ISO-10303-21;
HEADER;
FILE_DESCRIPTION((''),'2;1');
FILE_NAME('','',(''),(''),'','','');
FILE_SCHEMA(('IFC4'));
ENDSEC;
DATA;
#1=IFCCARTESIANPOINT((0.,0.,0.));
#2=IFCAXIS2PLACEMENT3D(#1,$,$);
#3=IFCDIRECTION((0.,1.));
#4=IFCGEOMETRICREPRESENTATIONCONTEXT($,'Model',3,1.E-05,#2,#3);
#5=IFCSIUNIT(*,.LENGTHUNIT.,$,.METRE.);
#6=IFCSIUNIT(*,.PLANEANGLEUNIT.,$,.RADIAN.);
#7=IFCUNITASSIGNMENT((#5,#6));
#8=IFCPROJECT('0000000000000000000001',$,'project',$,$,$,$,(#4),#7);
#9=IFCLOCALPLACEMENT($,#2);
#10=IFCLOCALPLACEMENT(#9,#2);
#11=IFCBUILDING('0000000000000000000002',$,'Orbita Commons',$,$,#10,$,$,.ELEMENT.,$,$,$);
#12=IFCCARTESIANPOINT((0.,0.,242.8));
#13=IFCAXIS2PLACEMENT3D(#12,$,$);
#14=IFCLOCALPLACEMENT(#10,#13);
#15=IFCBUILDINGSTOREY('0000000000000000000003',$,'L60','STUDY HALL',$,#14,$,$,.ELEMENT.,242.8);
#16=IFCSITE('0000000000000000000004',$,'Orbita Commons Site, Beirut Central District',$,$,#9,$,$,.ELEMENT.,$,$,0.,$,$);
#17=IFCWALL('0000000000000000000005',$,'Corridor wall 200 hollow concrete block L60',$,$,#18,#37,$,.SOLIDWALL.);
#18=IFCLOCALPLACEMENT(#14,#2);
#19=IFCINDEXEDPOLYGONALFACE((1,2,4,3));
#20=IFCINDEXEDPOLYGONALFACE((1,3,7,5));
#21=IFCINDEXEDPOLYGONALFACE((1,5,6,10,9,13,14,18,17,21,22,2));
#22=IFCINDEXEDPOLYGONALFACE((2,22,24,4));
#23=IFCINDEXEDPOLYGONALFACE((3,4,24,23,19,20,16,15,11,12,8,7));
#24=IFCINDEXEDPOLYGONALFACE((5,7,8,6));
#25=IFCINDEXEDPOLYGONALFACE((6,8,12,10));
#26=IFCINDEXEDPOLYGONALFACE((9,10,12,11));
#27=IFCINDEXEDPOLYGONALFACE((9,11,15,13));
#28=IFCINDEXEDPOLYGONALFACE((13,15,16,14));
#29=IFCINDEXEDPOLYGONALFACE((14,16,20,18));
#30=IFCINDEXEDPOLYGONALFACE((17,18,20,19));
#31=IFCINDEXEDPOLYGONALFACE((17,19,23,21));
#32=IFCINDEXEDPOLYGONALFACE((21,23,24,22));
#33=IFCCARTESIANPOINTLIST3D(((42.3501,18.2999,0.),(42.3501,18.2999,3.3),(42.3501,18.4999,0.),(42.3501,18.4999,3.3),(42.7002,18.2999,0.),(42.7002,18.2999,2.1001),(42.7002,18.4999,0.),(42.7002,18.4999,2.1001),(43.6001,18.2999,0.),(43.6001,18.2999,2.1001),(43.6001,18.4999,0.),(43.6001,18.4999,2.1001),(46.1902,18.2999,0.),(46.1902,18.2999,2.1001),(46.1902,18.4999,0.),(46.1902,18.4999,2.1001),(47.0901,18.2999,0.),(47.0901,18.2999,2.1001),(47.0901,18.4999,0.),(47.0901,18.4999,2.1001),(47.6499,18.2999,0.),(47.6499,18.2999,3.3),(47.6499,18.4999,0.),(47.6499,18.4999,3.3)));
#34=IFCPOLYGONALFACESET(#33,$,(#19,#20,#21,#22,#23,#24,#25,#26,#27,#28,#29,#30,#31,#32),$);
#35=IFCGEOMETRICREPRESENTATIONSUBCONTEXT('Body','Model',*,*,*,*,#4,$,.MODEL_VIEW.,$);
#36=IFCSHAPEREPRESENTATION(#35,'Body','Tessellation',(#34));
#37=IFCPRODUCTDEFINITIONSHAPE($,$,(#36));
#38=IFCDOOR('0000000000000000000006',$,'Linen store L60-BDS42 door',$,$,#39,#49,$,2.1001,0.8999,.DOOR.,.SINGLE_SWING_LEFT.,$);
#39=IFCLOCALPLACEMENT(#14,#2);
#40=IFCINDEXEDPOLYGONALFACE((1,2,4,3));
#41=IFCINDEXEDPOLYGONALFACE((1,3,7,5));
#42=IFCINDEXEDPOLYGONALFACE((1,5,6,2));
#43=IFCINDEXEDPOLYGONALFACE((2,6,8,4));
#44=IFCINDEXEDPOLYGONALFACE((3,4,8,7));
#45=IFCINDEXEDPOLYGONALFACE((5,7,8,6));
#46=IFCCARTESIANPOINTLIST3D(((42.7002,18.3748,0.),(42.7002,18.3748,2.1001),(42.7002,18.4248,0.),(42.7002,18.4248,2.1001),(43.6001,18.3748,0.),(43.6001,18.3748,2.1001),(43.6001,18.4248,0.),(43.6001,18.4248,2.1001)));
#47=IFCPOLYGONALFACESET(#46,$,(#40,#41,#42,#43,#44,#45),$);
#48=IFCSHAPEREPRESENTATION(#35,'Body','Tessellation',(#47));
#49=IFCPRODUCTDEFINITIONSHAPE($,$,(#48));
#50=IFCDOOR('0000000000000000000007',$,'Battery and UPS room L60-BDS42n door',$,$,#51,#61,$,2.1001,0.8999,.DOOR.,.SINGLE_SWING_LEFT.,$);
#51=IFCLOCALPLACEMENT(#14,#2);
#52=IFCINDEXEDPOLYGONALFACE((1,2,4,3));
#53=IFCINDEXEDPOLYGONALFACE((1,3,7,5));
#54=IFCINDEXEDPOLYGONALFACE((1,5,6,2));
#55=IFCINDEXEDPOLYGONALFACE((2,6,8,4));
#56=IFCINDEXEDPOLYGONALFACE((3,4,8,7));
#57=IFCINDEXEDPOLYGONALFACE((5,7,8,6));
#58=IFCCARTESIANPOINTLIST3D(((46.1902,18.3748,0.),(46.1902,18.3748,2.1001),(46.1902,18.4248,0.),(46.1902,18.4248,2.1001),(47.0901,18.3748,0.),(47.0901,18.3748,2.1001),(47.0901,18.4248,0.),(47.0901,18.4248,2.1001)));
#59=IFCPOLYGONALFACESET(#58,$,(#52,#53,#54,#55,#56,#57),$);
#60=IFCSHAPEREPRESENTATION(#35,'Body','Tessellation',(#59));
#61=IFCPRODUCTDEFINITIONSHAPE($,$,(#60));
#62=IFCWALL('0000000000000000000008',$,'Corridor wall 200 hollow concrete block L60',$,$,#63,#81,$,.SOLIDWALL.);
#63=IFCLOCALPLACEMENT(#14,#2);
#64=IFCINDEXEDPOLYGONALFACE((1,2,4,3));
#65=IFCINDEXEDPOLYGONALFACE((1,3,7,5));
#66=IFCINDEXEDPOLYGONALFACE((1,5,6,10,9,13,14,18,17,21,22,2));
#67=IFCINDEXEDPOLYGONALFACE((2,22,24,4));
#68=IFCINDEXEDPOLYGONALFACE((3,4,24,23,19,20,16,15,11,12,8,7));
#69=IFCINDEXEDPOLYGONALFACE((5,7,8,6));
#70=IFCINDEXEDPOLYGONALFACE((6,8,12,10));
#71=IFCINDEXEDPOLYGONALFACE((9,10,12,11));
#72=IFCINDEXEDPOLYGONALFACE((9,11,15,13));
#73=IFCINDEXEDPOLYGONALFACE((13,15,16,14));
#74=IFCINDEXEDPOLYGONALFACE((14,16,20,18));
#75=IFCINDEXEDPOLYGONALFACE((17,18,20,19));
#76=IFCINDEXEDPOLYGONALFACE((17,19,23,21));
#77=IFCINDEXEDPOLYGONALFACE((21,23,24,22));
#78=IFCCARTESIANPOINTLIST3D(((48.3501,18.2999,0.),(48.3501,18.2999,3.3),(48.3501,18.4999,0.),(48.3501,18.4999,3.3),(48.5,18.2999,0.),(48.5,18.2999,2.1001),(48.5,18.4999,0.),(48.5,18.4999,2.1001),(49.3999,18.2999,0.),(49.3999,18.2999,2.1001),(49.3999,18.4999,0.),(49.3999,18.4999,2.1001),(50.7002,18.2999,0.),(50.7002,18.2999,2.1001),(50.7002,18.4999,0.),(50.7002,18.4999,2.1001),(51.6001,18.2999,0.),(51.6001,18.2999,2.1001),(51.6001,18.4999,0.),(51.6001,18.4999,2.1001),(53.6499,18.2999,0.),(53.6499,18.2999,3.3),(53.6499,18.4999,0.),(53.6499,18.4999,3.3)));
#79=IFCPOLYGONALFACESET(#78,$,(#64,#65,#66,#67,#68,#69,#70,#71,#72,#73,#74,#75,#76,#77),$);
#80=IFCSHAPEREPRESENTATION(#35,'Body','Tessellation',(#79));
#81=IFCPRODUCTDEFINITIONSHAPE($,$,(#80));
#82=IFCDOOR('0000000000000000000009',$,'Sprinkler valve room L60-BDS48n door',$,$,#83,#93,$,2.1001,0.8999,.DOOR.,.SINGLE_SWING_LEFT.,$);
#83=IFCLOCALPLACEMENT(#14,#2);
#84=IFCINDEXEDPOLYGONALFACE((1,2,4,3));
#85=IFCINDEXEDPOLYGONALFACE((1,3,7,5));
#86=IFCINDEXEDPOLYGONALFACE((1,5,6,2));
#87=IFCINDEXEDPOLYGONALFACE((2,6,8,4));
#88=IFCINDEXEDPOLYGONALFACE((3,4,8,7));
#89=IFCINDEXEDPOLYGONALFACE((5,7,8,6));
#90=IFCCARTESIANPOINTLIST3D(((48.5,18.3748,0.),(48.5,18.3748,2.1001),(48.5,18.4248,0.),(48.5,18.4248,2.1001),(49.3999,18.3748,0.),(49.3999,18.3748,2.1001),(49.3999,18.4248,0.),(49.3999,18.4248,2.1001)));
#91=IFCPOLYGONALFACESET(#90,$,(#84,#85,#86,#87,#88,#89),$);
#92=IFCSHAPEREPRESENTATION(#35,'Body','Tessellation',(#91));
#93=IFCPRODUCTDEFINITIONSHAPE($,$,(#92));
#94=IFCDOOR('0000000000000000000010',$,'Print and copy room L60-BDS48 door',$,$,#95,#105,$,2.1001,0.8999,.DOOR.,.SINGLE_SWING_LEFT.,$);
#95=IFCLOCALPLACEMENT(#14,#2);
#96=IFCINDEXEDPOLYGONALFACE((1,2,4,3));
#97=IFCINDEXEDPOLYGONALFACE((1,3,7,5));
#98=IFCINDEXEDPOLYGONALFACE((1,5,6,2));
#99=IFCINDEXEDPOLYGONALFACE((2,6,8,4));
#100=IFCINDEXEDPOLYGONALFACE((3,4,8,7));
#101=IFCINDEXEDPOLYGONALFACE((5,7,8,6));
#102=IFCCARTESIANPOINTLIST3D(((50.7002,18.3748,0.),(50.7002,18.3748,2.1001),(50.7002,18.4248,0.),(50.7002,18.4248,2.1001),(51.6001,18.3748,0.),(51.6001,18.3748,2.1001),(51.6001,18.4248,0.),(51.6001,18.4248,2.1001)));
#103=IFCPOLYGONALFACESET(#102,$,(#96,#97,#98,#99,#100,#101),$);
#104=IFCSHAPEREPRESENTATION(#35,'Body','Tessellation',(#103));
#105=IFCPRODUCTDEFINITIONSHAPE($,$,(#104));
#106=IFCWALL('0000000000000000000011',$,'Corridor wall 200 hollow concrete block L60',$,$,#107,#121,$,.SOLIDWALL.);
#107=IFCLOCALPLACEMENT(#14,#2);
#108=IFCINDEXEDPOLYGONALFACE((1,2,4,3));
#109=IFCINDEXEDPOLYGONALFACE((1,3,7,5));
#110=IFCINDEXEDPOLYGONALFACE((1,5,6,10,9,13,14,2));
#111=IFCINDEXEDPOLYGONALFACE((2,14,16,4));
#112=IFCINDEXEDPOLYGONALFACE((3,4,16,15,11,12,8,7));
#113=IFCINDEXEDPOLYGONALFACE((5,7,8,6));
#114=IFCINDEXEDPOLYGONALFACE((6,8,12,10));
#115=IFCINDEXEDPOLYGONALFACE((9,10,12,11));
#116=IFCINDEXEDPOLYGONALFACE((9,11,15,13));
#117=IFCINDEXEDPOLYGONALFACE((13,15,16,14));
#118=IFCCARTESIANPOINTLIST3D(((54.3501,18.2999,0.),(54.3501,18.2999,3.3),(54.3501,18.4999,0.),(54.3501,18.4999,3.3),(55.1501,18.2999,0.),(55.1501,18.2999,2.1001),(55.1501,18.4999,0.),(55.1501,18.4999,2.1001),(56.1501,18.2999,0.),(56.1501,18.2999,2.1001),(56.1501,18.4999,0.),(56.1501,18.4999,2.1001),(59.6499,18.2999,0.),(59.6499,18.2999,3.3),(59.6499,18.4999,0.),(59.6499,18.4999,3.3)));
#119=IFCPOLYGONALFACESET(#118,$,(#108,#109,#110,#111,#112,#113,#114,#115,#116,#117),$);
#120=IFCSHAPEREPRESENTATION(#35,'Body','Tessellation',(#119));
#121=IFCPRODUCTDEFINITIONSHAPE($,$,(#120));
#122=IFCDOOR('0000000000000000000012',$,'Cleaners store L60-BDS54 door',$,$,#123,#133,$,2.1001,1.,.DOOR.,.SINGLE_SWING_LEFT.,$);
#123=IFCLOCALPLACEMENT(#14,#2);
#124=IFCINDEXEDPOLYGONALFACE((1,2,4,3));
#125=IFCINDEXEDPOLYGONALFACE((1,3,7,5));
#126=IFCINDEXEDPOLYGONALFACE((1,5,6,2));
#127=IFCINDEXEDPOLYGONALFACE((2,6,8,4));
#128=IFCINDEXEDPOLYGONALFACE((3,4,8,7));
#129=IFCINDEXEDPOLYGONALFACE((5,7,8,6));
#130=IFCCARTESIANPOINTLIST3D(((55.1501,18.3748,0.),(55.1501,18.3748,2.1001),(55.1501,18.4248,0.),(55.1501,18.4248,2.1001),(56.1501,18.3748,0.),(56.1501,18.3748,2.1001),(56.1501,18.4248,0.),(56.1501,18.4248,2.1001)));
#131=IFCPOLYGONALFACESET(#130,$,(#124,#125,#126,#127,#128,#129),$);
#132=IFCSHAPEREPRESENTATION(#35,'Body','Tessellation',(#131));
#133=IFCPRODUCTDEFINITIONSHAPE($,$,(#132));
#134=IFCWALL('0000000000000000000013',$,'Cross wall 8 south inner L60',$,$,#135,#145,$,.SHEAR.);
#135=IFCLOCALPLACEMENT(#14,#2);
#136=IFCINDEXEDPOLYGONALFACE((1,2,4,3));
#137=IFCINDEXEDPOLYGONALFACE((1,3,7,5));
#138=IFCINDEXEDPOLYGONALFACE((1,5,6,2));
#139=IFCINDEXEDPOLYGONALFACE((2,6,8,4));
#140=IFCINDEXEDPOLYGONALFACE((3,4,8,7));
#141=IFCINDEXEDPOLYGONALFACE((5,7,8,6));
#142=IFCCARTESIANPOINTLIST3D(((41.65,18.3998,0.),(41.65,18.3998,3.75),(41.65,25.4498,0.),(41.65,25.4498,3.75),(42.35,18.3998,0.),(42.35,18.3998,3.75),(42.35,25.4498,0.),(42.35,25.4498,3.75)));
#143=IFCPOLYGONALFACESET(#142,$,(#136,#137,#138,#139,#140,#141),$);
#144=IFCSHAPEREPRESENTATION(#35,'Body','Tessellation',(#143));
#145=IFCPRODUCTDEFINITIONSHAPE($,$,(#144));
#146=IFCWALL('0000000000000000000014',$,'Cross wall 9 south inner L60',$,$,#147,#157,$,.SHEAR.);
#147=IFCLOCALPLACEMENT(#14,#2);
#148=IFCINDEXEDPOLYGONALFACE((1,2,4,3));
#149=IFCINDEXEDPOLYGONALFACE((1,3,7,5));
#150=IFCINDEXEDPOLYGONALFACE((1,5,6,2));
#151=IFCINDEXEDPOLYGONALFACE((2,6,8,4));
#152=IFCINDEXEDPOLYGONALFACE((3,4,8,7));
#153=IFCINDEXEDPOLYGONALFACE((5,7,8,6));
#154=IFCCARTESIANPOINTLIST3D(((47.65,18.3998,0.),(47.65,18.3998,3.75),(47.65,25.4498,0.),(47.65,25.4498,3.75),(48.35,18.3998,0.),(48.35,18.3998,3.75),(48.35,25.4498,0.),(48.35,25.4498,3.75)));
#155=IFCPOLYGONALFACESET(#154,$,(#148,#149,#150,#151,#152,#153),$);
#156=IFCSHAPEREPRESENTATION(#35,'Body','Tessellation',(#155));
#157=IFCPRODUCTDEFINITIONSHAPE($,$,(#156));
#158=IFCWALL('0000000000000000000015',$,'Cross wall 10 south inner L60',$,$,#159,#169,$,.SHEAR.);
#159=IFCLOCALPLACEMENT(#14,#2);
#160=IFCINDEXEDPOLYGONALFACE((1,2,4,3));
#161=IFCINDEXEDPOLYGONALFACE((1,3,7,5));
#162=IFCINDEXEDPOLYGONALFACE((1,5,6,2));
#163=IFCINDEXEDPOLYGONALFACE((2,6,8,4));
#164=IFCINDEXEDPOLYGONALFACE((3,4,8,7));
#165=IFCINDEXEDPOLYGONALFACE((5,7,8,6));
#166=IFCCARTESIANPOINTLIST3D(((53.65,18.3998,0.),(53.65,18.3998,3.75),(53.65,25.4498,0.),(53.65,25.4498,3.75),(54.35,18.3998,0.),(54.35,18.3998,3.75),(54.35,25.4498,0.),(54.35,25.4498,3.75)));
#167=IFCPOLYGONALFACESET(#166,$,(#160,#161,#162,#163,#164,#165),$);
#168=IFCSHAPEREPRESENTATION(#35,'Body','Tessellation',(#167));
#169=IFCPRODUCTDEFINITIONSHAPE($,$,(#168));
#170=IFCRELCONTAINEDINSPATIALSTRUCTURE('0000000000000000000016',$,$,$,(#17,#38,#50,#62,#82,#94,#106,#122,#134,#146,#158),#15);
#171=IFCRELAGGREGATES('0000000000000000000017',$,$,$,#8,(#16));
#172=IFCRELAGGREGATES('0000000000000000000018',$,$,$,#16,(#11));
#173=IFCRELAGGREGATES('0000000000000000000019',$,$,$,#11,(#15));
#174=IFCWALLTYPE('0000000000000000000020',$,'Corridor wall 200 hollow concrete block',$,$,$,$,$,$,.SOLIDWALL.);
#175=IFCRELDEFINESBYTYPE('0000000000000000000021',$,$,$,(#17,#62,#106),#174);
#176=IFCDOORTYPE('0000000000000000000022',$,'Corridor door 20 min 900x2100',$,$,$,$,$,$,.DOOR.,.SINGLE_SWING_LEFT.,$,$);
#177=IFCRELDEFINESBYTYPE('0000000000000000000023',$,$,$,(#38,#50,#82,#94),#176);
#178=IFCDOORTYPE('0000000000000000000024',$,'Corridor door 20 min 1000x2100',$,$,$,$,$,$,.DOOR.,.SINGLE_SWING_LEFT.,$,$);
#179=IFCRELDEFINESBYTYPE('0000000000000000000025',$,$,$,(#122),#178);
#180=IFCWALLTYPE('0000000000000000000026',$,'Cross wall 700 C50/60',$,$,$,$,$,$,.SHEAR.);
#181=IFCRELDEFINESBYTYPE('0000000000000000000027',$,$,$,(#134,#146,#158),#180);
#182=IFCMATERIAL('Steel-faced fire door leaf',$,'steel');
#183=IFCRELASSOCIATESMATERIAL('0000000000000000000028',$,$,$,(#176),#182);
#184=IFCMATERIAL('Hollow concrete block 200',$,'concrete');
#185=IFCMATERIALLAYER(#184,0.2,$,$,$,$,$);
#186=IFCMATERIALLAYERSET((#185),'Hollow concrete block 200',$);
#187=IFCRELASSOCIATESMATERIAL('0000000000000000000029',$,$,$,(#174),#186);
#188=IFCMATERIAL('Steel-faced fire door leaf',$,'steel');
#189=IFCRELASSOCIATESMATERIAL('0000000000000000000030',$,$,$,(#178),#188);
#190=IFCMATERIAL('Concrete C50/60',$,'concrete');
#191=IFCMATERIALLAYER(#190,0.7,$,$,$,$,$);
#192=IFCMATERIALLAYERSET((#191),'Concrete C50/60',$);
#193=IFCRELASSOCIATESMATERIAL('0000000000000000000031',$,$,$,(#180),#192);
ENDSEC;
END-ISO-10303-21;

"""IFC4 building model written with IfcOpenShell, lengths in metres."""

from ifc_helpers import new_model, si_unit, direction, frame, frame_2d, origin, place, context, subcontext, project, spatial, rectangle, extrude, material, layer, layer_set, type_object, element, fill, save


model = new_model("IFC4")

# Units and contexts
model_context = context("Model", 3, precision=1e-05, world=origin(), true_north=direction((0.0, 1.0)))
body_context = subcontext(model_context, "Body", "Model", "MODEL_VIEW")
ifc_project = project(units=[si_unit("LENGTHUNIT", "METRE"), si_unit("PLANEANGLEUNIT", "RADIAN")], contexts=[model_context])

# Site, building, storey
site_placement = place(None, origin())
site = spatial("IfcSite", under=ifc_project, at=site_placement, Name="Orbita Commons Site, Beirut Central District", CompositionType="ELEMENT", RefElevation=0.0)
building_placement = place(site_placement, origin())
building = spatial("IfcBuilding", under=site, at=building_placement, Name="Orbita Commons", CompositionType="ELEMENT")
storey_placement = place(building_placement, frame((0.0, 0.0, 242.8)))
storey = spatial("IfcBuildingStorey", under=building, at=storey_placement, Name="L60", Description="STUDY HALL", CompositionType="ELEMENT", Elevation=242.8)

# Shared definitions
ifc_material_1 = material(Name="Steel-faced fire door leaf", Category="steel")
door_type_1 = type_object("IfcDoorType", Name="Corridor door 20 min 900x2100", OperationType="SINGLE_SWING_LEFT", PredefinedType="DOOR", material=ifc_material_1)

# Walls, openings, doors
ifc_material_2 = material(Name="Hollow concrete block 200", Category="concrete")
ifc_layer_1 = layer(ifc_material_2, 0.2)
ifc_layer_set_1 = layer_set([ifc_layer_1], Name="Hollow concrete block 200")
wall_type_1 = type_object("IfcWallType", Name="Corridor wall 200 hollow concrete block", PredefinedType="SOLIDWALL", material=ifc_layer_set_1)
wall_1_placement = place(storey_placement, frame((42.3501, 18.3999, 0.0), z_axis=(0.0, 0.0, 1.0), x_axis=(1.0, 0.0, 0.0)))
wall_1 = element("IfcWall", 1, at=wall_1_placement, inside=storey, type_object=wall_type_1, Name="Corridor wall 200 hollow concrete block L60", PredefinedType="SOLIDWALL", context=body_context, shape_type="SweptSolid", body=[
    extrude(rectangle(XDim=5.2998, YDim=0.2, at=frame_2d((2.6499, 0.0))), origin(), (0.0, 0.0, 1.0), 3.3),
])
opening_1_placement = place(wall_1_placement, frame((0.3501, 0.0, 0.0)))
opening_1 = element("IfcOpeningElement", 2, at=opening_1_placement, cuts=wall_1, PredefinedType="OPENING", context=body_context, shape_type="SweptSolid", body=[
    extrude(rectangle(XDim=0.8999, YDim=2.1001, at=frame_2d((0.45, 1.05))), frame((0.0, 0.1099, 0.0), z_axis=(0.0, -1.0, 0.0), x_axis=(1.0, 0.0, 0.0)), (0.0, 0.0, 1.0), 0.22),
])
opening_2_placement = place(wall_1_placement, frame((3.8401, 0.0, 0.0)))
opening_2 = element("IfcOpeningElement", 3, at=opening_2_placement, cuts=wall_1, PredefinedType="OPENING", context=body_context, shape_type="SweptSolid", body=[
    extrude(rectangle(XDim=0.8999, YDim=2.1001, at=frame_2d((0.45, 1.05))), frame((0.0, 0.1099, 0.0), z_axis=(0.0, -1.0, 0.0), x_axis=(1.0, 0.0, 0.0)), (0.0, 0.0, 1.0), 0.22),
])
door_1_placement = place(opening_1_placement, origin())
door_1 = element("IfcDoor", 4, at=door_1_placement, inside=storey, type_object=door_type_1, Name="Linen store L60-BDS42 door", OperationType="SINGLE_SWING_LEFT", OverallHeight=2.1001, OverallWidth=0.8999, PredefinedType="DOOR", context=body_context, shape_type="SweptSolid", body=[
    extrude(rectangle(XDim=0.8999, YDim=2.1001, at=frame_2d((0.45, 1.05))), frame((0.0, 0.0249, 0.0), z_axis=(0.0, -1.0, 0.0), x_axis=(1.0, 0.0, 0.0)), (0.0, 0.0, 1.0), 0.05),
])
fill(opening_1, door_1)
door_2_placement = place(opening_2_placement, origin())
door_2 = element("IfcDoor", 5, at=door_2_placement, inside=storey, type_object=door_type_1, Name="Battery and UPS room L60-BDS42n door", OperationType="SINGLE_SWING_LEFT", OverallHeight=2.1001, OverallWidth=0.8999, PredefinedType="DOOR", context=body_context, shape_type="SweptSolid", body=[
    extrude(rectangle(XDim=0.8999, YDim=2.1001, at=frame_2d((0.45, 1.05))), frame((0.0, 0.0249, 0.0), z_axis=(0.0, -1.0, 0.0), x_axis=(1.0, 0.0, 0.0)), (0.0, 0.0, 1.0), 0.05),
])
fill(opening_2, door_2)
wall_2_placement = place(storey_placement, frame((48.3501, 18.3999, 0.0), z_axis=(0.0, 0.0, 1.0), x_axis=(1.0, 0.0, 0.0)))
wall_2 = element("IfcWall", 6, at=wall_2_placement, inside=storey, type_object=wall_type_1, Name="Corridor wall 200 hollow concrete block L60", PredefinedType="SOLIDWALL", context=body_context, shape_type="SweptSolid", body=[
    extrude(rectangle(XDim=5.2998, YDim=0.2, at=frame_2d((2.6499, 0.0))), origin(), (0.0, 0.0, 1.0), 3.3),
])
opening_3_placement = place(wall_2_placement, frame((0.1499, 0.0, 0.0)))
opening_3 = element("IfcOpeningElement", 7, at=opening_3_placement, cuts=wall_2, PredefinedType="OPENING", context=body_context, shape_type="SweptSolid", body=[
    extrude(rectangle(XDim=0.8999, YDim=2.1001, at=frame_2d((0.45, 1.05))), frame((0.0, 0.1099, 0.0), z_axis=(0.0, -1.0, 0.0), x_axis=(1.0, 0.0, 0.0)), (0.0, 0.0, 1.0), 0.22),
])
opening_4_placement = place(wall_2_placement, frame((2.3501, 0.0, 0.0)))
opening_4 = element("IfcOpeningElement", 8, at=opening_4_placement, cuts=wall_2, PredefinedType="OPENING", context=body_context, shape_type="SweptSolid", body=[
    extrude(rectangle(XDim=0.8999, YDim=2.1001, at=frame_2d((0.45, 1.05))), frame((0.0, 0.1099, 0.0), z_axis=(0.0, -1.0, 0.0), x_axis=(1.0, 0.0, 0.0)), (0.0, 0.0, 1.0), 0.22),
])
door_3_placement = place(opening_3_placement, origin())
door_3 = element("IfcDoor", 9, at=door_3_placement, inside=storey, type_object=door_type_1, Name="Sprinkler valve room L60-BDS48n door", OperationType="SINGLE_SWING_LEFT", OverallHeight=2.1001, OverallWidth=0.8999, PredefinedType="DOOR", context=body_context, shape_type="SweptSolid", body=[
    extrude(rectangle(XDim=0.8999, YDim=2.1001, at=frame_2d((0.45, 1.05))), frame((0.0, 0.0249, 0.0), z_axis=(0.0, -1.0, 0.0), x_axis=(1.0, 0.0, 0.0)), (0.0, 0.0, 1.0), 0.05),
])
fill(opening_3, door_3)
door_4_placement = place(opening_4_placement, origin())
door_4 = element("IfcDoor", 10, at=door_4_placement, inside=storey, type_object=door_type_1, Name="Print and copy room L60-BDS48 door", OperationType="SINGLE_SWING_LEFT", OverallHeight=2.1001, OverallWidth=0.8999, PredefinedType="DOOR", context=body_context, shape_type="SweptSolid", body=[
    extrude(rectangle(XDim=0.8999, YDim=2.1001, at=frame_2d((0.45, 1.05))), frame((0.0, 0.0249, 0.0), z_axis=(0.0, -1.0, 0.0), x_axis=(1.0, 0.0, 0.0)), (0.0, 0.0, 1.0), 0.05),
])
fill(opening_4, door_4)

# Wall, opening, door
wall_3_placement = place(storey_placement, frame((54.3501, 18.3999, 0.0), z_axis=(0.0, 0.0, 1.0), x_axis=(1.0, 0.0, 0.0)))
wall_3 = element("IfcWall", 11, at=wall_3_placement, inside=storey, type_object=wall_type_1, Name="Corridor wall 200 hollow concrete block L60", PredefinedType="SOLIDWALL", context=body_context, shape_type="SweptSolid", body=[
    extrude(rectangle(XDim=5.2998, YDim=0.2, at=frame_2d((2.6499, 0.0))), origin(), (0.0, 0.0, 1.0), 3.3),
])
opening_5_placement = place(wall_3_placement, frame((0.8, 0.0, 0.0)))
opening_5 = element("IfcOpeningElement", 12, at=opening_5_placement, cuts=wall_3, PredefinedType="OPENING", context=body_context, shape_type="SweptSolid", body=[
    extrude(rectangle(XDim=1.0, YDim=2.1001, at=frame_2d((0.5, 1.05))), frame((0.0, 0.1099, 0.0), z_axis=(0.0, -1.0, 0.0), x_axis=(1.0, 0.0, 0.0)), (0.0, 0.0, 1.0), 0.22),
])
ifc_material_3 = material(Name="Steel-faced fire door leaf", Category="steel")
door_type_2 = type_object("IfcDoorType", Name="Corridor door 20 min 1000x2100", OperationType="SINGLE_SWING_LEFT", PredefinedType="DOOR", material=ifc_material_3)
door_5_placement = place(opening_5_placement, origin())
door_5 = element("IfcDoor", 13, at=door_5_placement, inside=storey, type_object=door_type_2, Name="Cleaners store L60-BDS54 door", OperationType="SINGLE_SWING_LEFT", OverallHeight=2.1001, OverallWidth=1.0, PredefinedType="DOOR", context=body_context, shape_type="SweptSolid", body=[
    extrude(rectangle(XDim=1.0, YDim=2.1001, at=frame_2d((0.5, 1.05))), frame((0.0, 0.0249, 0.0), z_axis=(0.0, -1.0, 0.0), x_axis=(1.0, 0.0, 0.0)), (0.0, 0.0, 1.0), 0.05),
])
fill(opening_5, door_5)

# Walls
ifc_material_4 = material(Name="Concrete C50/60", Category="concrete")
ifc_layer_2 = layer(ifc_material_4, 0.7)
ifc_layer_set_2 = layer_set([ifc_layer_2], Name="Concrete C50/60")
wall_type_2 = type_object("IfcWallType", Name="Cross wall 700 C50/60", PredefinedType="SHEAR", material=ifc_layer_set_2)
for number, where, z_axis, x_axis, name in (
    (14, (42.0, 18.3999, 0.0), (0.0, 0.0, 1.0), (0.0, 1.0, 0.0), "Cross wall 8 south inner L60"),
    (15, (48.0, 18.3999, 0.0), (0.0, 0.0, 1.0), (0.0, 1.0, 0.0), "Cross wall 9 south inner L60"),
    (16, (54.0, 18.3999, 0.0), (0.0, 0.0, 1.0), (0.0, 1.0, 0.0), "Cross wall 10 south inner L60"),
):
    element("IfcWall", number, at=place(storey_placement, frame(where, z_axis=z_axis, x_axis=x_axis)), inside=storey, type_object=wall_type_2, Name=name, PredefinedType="SHEAR", context=body_context, shape_type="SweptSolid", body=[
        extrude(rectangle(XDim=7.05, YDim=0.7, at=frame_2d((3.5249, 0.0))), origin(), (0.0, 0.0, 1.0), 3.75),
    ])

save(model, "model.ifc")
